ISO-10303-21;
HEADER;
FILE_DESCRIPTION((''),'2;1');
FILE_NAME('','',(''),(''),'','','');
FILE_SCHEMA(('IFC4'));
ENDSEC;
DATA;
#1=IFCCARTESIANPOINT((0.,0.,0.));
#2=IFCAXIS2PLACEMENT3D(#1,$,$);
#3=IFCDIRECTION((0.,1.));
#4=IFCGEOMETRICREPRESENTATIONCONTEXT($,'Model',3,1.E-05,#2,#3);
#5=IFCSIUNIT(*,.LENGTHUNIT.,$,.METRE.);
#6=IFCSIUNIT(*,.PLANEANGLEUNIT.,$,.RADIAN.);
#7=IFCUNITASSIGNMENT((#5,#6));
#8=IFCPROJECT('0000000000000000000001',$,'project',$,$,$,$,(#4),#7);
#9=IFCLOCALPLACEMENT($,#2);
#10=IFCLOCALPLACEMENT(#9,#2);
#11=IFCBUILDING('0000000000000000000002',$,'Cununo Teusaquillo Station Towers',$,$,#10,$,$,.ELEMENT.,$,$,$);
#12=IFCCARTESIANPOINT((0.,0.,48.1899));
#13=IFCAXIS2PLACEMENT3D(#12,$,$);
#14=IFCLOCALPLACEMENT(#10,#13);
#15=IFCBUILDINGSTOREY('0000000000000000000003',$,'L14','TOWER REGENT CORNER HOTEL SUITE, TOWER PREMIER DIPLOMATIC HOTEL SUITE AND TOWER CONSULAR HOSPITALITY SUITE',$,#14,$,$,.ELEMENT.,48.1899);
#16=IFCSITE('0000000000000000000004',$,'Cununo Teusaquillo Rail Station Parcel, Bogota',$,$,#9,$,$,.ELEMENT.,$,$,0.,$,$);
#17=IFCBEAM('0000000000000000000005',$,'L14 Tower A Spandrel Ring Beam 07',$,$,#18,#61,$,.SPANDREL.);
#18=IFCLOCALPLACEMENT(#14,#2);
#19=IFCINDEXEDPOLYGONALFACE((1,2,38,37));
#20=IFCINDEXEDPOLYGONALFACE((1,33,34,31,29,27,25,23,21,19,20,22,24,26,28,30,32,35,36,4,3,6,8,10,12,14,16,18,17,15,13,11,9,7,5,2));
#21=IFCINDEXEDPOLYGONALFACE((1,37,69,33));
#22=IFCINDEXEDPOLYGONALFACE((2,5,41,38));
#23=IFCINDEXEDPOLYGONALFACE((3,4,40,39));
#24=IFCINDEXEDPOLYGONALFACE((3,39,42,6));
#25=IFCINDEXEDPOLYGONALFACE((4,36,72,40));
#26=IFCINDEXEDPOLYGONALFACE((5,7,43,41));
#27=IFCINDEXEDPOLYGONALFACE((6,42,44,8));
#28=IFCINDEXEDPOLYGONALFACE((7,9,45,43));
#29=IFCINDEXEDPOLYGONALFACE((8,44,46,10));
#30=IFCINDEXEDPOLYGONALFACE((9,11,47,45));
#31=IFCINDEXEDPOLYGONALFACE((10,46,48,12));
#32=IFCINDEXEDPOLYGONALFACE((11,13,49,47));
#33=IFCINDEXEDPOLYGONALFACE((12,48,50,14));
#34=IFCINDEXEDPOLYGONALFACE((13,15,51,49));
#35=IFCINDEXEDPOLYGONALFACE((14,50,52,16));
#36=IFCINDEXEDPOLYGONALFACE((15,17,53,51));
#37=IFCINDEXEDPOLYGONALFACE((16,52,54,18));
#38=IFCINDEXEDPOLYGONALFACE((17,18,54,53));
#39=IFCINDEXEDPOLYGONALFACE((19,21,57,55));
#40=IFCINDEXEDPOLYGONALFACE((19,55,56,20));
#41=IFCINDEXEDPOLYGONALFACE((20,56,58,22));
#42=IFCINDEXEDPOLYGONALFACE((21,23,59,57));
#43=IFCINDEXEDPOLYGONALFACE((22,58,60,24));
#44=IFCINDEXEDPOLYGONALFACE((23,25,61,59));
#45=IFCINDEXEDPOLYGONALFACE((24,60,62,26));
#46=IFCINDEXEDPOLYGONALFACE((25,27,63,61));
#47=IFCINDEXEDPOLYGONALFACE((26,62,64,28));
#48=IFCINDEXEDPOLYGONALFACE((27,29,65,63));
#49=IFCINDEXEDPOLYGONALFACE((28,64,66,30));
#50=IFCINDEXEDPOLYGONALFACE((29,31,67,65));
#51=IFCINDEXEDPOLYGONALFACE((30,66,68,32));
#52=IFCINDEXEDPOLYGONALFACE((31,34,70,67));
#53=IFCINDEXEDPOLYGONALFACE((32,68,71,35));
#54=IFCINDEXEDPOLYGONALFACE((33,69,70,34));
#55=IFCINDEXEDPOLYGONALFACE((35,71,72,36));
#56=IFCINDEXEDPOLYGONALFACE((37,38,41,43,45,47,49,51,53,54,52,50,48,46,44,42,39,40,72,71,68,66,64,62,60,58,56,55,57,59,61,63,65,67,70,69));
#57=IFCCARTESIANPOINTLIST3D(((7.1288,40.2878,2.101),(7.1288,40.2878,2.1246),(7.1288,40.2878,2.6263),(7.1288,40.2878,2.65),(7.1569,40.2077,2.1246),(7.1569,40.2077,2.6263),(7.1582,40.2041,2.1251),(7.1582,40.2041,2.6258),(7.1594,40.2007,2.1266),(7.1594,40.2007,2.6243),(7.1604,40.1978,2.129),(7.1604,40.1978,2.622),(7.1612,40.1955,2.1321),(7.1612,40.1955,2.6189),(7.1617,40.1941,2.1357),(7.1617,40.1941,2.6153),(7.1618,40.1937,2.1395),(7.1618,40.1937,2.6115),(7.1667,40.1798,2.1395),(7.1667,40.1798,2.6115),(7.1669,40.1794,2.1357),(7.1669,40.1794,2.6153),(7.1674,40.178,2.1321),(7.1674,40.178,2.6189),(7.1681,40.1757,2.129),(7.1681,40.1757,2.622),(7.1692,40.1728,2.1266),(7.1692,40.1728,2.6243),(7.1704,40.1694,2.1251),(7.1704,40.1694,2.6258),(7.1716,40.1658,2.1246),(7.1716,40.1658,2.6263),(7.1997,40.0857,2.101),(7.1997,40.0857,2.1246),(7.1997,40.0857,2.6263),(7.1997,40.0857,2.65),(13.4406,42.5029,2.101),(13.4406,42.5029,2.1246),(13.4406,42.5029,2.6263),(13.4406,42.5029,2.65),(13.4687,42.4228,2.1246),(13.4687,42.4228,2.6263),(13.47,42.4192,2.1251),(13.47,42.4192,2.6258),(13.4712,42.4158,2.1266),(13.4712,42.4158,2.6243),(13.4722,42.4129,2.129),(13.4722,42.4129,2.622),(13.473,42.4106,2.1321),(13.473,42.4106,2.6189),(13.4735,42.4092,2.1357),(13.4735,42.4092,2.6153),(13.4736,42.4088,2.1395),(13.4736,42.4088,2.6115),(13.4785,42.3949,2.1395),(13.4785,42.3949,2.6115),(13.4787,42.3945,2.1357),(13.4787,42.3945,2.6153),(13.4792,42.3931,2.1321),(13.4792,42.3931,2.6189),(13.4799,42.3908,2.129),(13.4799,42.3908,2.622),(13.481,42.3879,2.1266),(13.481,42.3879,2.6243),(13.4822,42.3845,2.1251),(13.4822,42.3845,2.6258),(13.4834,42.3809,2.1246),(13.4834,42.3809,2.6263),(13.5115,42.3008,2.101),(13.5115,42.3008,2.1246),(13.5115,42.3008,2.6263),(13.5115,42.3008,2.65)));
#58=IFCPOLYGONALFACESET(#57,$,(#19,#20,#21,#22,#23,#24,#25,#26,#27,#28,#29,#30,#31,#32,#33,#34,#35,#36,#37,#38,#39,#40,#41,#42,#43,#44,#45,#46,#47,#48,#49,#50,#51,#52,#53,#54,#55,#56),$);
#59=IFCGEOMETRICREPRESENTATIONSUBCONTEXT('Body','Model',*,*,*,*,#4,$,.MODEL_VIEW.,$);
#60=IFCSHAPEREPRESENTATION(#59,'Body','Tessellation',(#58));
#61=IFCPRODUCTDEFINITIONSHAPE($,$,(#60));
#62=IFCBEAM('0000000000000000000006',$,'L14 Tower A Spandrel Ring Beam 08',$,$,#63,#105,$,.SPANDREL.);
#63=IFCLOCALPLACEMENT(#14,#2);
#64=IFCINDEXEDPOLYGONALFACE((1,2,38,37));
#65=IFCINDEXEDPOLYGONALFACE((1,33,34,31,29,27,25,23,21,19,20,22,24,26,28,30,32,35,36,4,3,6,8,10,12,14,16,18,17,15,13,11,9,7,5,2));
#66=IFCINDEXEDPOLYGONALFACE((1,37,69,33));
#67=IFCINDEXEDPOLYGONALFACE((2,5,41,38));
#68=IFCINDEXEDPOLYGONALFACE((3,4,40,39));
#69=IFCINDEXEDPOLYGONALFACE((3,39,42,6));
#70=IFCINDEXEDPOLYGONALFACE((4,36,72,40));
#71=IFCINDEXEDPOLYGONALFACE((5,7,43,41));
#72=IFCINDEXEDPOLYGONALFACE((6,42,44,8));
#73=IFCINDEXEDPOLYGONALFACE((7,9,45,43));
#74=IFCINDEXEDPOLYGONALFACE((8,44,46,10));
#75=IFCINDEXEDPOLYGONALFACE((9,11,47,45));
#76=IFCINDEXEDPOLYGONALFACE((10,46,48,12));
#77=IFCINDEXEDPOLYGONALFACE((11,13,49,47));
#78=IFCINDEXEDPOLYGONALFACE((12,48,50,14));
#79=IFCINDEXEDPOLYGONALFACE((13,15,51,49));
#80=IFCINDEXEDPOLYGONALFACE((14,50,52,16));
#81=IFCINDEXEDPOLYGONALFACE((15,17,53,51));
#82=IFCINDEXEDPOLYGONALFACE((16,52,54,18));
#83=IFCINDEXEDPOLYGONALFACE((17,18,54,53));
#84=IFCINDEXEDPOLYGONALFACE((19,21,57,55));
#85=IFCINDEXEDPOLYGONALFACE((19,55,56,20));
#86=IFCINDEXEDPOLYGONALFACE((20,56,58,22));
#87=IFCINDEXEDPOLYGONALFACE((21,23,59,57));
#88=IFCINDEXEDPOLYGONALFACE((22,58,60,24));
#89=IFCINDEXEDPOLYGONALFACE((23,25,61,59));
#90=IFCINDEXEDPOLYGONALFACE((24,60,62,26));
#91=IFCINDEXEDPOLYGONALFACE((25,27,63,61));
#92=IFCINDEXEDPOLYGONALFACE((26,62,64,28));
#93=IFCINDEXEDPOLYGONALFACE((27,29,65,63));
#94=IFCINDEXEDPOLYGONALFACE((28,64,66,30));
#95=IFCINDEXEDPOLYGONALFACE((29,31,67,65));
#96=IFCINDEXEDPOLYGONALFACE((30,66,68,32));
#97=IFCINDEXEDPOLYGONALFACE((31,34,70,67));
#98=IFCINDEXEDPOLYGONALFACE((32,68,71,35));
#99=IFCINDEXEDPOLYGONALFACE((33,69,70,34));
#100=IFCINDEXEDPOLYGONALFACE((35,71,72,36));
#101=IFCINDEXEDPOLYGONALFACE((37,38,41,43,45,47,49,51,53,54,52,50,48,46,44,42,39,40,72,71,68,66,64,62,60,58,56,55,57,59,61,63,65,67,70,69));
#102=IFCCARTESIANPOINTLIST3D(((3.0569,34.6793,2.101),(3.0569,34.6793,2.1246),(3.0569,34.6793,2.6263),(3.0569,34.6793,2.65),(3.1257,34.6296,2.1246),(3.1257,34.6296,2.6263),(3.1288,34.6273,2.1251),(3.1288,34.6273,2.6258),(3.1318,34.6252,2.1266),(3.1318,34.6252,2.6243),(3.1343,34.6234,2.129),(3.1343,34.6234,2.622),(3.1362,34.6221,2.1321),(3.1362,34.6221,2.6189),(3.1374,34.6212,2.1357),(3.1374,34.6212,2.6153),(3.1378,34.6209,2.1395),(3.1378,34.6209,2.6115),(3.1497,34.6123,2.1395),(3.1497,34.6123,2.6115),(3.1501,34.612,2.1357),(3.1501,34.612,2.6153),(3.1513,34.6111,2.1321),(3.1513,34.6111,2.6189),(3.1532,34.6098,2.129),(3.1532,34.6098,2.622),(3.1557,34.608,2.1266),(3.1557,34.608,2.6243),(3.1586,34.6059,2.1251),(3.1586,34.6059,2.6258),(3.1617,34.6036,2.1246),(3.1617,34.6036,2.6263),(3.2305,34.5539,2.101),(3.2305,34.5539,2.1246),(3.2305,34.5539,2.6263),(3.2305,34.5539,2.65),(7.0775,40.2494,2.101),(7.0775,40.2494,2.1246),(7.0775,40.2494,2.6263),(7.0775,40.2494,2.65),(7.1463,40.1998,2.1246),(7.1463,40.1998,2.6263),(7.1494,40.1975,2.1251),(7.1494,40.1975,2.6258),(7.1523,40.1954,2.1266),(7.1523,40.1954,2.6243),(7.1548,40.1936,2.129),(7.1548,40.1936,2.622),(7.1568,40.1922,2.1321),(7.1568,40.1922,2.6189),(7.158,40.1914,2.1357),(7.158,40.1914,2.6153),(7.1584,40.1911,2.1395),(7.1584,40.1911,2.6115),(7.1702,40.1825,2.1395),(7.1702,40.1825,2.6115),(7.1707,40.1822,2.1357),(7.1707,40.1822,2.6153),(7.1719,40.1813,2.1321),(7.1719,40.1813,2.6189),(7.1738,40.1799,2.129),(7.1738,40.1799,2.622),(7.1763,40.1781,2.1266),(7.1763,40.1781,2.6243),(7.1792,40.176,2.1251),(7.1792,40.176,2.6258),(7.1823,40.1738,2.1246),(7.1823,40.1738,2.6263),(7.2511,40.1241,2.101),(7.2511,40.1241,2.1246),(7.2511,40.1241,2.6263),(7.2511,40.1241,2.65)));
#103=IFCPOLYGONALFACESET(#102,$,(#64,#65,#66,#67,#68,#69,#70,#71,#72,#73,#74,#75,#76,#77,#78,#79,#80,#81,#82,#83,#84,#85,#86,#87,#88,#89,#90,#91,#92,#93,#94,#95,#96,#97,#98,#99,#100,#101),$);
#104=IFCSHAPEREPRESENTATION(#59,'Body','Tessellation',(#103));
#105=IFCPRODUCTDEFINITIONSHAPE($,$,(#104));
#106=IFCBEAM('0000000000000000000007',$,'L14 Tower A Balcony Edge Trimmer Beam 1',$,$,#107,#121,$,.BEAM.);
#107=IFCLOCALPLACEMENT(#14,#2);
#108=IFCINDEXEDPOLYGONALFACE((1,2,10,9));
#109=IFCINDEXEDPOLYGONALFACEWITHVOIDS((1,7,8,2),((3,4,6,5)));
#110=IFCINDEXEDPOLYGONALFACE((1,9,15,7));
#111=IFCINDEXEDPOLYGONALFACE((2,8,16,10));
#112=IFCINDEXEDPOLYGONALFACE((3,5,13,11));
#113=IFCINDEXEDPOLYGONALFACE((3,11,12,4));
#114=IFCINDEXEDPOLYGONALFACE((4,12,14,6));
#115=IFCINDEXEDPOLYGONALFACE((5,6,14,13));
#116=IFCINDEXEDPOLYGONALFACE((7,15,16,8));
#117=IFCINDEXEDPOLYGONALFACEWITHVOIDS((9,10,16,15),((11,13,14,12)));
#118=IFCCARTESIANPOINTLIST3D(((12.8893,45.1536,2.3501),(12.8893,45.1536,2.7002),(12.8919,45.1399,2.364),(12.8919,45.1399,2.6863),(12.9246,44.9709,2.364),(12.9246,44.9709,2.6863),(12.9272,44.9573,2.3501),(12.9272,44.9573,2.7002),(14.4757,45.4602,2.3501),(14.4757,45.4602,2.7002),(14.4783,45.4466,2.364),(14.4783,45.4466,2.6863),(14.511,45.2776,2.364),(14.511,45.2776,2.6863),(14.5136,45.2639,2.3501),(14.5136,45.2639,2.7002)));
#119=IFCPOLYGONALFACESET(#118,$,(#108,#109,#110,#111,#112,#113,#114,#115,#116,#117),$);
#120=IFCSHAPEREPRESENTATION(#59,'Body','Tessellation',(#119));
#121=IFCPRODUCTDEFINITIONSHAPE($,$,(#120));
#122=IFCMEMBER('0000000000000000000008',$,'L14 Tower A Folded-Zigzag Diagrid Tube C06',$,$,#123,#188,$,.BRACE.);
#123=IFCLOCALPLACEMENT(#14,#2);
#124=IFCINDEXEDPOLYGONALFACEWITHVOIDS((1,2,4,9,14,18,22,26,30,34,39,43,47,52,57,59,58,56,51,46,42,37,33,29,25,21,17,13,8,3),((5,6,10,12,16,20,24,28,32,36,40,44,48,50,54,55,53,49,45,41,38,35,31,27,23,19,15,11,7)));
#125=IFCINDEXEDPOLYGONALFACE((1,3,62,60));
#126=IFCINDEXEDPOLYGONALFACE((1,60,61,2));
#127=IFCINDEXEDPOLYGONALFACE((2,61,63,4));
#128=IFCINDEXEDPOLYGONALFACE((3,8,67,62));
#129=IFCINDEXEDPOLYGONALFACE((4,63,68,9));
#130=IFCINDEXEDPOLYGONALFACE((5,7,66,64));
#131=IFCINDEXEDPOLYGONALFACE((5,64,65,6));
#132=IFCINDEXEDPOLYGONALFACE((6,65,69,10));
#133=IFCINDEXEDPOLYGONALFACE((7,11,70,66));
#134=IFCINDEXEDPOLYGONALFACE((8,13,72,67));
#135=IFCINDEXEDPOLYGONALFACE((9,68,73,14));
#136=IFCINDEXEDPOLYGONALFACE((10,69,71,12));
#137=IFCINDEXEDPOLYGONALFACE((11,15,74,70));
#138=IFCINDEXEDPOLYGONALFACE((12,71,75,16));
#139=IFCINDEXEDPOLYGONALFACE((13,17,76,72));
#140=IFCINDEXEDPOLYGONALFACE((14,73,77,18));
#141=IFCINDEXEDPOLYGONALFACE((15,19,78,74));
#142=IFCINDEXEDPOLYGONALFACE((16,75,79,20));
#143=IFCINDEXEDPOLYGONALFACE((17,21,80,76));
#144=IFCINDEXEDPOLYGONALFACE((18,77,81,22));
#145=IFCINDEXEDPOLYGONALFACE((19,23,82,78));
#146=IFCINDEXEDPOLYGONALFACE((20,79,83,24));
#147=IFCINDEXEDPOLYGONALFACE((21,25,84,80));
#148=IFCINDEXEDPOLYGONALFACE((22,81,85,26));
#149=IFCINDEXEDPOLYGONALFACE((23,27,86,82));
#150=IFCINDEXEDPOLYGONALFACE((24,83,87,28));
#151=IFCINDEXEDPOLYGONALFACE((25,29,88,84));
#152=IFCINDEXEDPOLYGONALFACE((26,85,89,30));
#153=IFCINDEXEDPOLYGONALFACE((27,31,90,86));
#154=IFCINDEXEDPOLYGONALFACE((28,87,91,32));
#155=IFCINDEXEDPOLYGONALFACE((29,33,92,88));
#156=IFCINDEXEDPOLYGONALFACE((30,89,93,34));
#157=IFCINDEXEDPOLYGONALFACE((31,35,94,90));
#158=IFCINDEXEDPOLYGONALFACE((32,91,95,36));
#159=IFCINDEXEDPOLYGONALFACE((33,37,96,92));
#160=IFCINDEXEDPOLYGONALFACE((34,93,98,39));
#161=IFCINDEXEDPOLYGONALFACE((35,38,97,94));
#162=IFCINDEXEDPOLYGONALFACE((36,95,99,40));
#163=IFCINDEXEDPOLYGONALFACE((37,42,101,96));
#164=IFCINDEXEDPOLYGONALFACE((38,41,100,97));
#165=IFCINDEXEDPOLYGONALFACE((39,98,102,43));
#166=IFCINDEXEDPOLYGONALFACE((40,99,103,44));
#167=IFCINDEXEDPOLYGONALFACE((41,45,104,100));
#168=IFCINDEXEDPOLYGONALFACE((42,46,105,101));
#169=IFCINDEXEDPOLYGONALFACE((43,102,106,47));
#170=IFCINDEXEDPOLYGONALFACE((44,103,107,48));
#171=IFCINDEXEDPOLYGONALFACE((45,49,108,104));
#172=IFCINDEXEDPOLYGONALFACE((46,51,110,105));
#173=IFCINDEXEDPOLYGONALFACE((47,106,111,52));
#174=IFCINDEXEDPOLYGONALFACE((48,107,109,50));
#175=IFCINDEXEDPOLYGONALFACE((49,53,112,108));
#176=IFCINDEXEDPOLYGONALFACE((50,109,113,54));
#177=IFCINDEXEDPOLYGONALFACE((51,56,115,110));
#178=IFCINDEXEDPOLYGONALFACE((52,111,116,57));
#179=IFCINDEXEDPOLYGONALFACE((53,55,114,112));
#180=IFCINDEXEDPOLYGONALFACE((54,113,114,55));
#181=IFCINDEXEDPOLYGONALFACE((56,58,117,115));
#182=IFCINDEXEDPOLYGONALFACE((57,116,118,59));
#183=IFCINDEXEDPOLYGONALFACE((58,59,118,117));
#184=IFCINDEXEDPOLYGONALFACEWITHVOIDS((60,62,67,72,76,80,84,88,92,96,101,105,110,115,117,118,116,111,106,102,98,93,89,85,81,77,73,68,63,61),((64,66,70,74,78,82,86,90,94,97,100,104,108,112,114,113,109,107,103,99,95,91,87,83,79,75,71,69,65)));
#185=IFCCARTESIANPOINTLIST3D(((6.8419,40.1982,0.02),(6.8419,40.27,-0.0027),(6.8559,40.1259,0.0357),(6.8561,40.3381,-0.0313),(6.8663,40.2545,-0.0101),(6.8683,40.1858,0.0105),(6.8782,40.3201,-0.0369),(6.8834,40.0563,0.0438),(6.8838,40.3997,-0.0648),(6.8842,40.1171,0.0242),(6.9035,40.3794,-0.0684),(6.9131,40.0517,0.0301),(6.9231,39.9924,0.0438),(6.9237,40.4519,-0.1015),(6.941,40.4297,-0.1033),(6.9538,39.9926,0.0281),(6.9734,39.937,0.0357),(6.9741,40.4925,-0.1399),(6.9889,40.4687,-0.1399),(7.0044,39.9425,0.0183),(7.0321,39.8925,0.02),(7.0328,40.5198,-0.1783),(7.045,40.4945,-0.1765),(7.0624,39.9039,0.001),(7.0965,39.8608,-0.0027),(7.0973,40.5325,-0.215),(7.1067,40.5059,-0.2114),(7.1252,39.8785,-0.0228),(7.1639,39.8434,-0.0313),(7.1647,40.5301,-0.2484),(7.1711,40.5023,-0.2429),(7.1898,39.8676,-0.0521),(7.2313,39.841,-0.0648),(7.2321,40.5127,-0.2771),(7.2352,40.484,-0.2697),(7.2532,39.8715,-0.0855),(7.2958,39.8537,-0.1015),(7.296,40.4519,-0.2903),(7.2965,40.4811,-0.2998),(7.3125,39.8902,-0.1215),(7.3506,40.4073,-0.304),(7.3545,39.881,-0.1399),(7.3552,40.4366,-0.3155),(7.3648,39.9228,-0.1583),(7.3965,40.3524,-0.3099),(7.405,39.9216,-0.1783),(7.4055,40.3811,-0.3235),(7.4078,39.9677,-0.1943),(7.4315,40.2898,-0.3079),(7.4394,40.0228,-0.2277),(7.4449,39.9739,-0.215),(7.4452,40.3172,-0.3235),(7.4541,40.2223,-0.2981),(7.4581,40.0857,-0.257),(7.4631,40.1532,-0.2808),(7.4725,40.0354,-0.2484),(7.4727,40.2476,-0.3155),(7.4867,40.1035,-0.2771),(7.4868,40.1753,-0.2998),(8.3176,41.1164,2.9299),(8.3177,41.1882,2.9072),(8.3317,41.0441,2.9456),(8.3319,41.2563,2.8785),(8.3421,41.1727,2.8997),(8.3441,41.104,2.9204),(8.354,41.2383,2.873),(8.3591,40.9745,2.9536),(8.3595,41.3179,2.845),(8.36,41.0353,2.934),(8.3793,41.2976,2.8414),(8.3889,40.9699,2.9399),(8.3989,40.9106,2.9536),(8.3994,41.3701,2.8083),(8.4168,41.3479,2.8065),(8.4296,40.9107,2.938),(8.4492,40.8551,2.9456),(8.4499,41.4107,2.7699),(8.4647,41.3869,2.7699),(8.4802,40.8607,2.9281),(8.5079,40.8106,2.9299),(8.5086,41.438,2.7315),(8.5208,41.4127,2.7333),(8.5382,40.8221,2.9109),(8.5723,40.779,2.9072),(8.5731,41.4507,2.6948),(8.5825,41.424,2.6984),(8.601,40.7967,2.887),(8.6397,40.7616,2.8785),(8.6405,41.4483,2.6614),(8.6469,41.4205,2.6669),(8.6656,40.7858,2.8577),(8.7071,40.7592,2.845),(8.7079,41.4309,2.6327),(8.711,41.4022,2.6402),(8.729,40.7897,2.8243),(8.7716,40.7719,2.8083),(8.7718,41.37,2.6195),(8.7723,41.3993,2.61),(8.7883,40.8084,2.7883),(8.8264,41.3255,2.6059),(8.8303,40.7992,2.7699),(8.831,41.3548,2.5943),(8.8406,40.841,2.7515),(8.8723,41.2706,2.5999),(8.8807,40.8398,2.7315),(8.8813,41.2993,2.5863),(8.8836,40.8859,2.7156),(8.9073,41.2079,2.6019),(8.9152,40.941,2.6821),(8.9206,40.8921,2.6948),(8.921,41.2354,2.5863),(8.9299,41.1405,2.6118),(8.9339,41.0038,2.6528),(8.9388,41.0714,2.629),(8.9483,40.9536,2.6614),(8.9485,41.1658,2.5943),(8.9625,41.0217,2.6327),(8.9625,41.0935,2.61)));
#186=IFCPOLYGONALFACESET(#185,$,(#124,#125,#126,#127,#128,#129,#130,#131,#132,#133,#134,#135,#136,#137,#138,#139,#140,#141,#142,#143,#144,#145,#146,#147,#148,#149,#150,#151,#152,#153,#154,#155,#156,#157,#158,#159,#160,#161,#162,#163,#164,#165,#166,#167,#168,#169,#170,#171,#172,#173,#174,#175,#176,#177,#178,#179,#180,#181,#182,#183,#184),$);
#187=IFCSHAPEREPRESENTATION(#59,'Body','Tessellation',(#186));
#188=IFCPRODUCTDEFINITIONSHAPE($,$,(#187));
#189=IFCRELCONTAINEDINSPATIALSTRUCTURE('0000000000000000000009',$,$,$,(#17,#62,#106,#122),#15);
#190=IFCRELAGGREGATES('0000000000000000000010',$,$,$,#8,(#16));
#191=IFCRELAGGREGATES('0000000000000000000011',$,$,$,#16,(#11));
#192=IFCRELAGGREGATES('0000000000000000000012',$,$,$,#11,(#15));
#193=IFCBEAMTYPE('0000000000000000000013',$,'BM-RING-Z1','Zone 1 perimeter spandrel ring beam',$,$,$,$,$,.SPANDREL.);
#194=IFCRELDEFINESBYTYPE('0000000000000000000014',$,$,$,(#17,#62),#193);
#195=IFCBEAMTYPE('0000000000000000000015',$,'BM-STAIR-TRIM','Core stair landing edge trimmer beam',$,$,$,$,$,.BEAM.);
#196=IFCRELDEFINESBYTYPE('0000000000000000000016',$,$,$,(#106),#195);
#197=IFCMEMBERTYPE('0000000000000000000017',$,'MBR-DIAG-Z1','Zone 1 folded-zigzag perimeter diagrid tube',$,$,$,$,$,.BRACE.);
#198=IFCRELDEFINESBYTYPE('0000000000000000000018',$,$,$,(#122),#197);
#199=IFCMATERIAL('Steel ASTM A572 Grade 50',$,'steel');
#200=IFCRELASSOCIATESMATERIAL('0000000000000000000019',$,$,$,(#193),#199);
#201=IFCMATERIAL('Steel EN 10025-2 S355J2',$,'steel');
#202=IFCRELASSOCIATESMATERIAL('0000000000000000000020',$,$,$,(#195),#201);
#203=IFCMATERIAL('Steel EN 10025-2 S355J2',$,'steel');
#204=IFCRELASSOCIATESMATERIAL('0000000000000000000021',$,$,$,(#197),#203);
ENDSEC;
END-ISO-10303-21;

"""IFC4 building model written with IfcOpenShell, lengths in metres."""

from ifc_helpers import new_model, si_unit, direction, frame, origin, origin_2d, place, context, subcontext, project, spatial, hollow_rectangle, hollow_circle, i_section, extrude, material, material_profile, profile_set, type_object, element, save


model = new_model("IFC4")

# Units and contexts
model_context = context("Model", 3, precision=1e-05, world=origin(), true_north=direction((0.0, 1.0)))
body_context = subcontext(model_context, "Body", "Model", "MODEL_VIEW")
ifc_project = project(units=[si_unit("LENGTHUNIT", "METRE"), si_unit("PLANEANGLEUNIT", "RADIAN")], contexts=[model_context])

# Site, building, storey
site_placement = place(None, origin())
site = spatial("IfcSite", under=ifc_project, at=site_placement, Name="Cununo Teusaquillo Rail Station Parcel, Bogota", CompositionType="ELEMENT", RefElevation=0.0)
building_placement = place(site_placement, origin())
building = spatial("IfcBuilding", under=site, at=building_placement, Name="Cununo Teusaquillo Station Towers", CompositionType="ELEMENT")
storey_placement = place(building_placement, frame((0.0, 0.0, 48.1899)))
storey = spatial("IfcBuildingStorey", under=building, at=storey_placement, Name="L14", Description="TOWER REGENT CORNER HOTEL SUITE, TOWER PREMIER DIPLOMATIC HOTEL SUITE AND TOWER CONSULAR HOSPITALITY SUITE", CompositionType="ELEMENT", Elevation=48.1899)

# Beams
ifc_material_1 = material(Name="Steel ASTM A572 Grade 50", Category="steel")
ifc_material_profile_1 = material_profile(ifc_material_1, i_section(OverallWidth=0.2141, OverallDepth=0.5491, WebThickness=0.0146, FlangeThickness=0.0237, FilletRadius=0.0149, at=origin_2d()), Name="W21X93")
ifc_profile_set_1 = profile_set([ifc_material_profile_1], Name="Steel ASTM A572 Grade 50")
beam_type_1 = type_object("IfcBeamType", Name="BM-RING-Z1", Description="Zone 1 perimeter spandrel ring beam", PredefinedType="SPANDREL", material=ifc_profile_set_1)
beam_1_placement = place(storey_placement, frame((13.4761, 42.4019, 2.3755), z_axis=(-0.94358, -0.331145, 0.0), x_axis=(0.331145, -0.94358, 0.0)))
element("IfcBeam", 1, at=beam_1_placement, inside=storey, type_object=beam_type_1, Name="L14 Tower A Spandrel Ring Beam 07", PredefinedType="SPANDREL", context=body_context, shape_type="SweptSolid", body=[
    extrude(i_section(OverallWidth=0.2141, OverallDepth=0.5491, WebThickness=0.0146, FlangeThickness=0.0237, FilletRadius=0.0149, at=origin_2d()), origin(), (0.0, 0.0, 1.0), 6.6892),
])
beam_2_placement = place(storey_placement, frame((7.1643, 40.1868, 2.3755), z_axis=(-0.585269, -0.810839, 0.0), x_axis=(0.810839, -0.585269, 0.0)))
element("IfcBeam", 2, at=beam_2_placement, inside=storey, type_object=beam_type_1, Name="L14 Tower A Spandrel Ring Beam 08", PredefinedType="SPANDREL", context=body_context, shape_type="SweptSolid", body=[
    extrude(i_section(OverallWidth=0.2141, OverallDepth=0.5491, WebThickness=0.0146, FlangeThickness=0.0237, FilletRadius=0.0149, at=origin_2d()), origin(), (0.0, 0.0, 1.0), 6.8696),
])
ifc_material_2 = material(Name="Steel EN 10025-2 S355J2", Category="steel")
ifc_material_profile_2 = material_profile(ifc_material_2, hollow_rectangle(XDim=0.2, YDim=0.3501, WallThickness=0.0139, at=origin_2d()), Name="RHS 350x200x14")
ifc_profile_set_2 = profile_set([ifc_material_profile_2], Name="Steel EN 10025-2 S355J2")
beam_type_2 = type_object("IfcBeamType", Name="BM-STAIR-TRIM", Description="Core stair landing edge trimmer beam", PredefinedType="BEAM", material=ifc_profile_set_2)
beam_3_placement = place(storey_placement, frame((14.4946, 45.3621, 2.5251), z_axis=(-0.981827, -0.189778, 0.0), x_axis=(0.189778, -0.981827, 0.0)))
element("IfcBeam", 3, at=beam_3_placement, inside=storey, type_object=beam_type_2, Name="L14 Tower A Balcony Edge Trimmer Beam 1", PredefinedType="BEAM", context=body_context, shape_type="SweptSolid", body=[
    extrude(hollow_rectangle(XDim=0.2, YDim=0.3501, WallThickness=0.0139, at=origin_2d()), origin(), (0.0, 0.0, 1.0), 1.6157),
])

# Member
ifc_material_3 = material(Name="Steel EN 10025-2 S355J2", Category="steel")
ifc_material_profile_3 = material_profile(ifc_material_3, hollow_circle(Radius=0.3601, WallThickness=0.0281, at=origin_2d()), Name="CHS 720x28")
ifc_profile_set_3 = profile_set([ifc_material_profile_3], Name="Steel EN 10025-2 S355J2")
member_type = type_object("IfcMemberType", Name="MBR-DIAG-Z1", Description="Zone 1 folded-zigzag perimeter diagrid tube", PredefinedType="BRACE", material=ifc_profile_set_3)
member_1_placement = place(storey_placement, frame((7.1643, 40.1868, -0.1399), z_axis=(0.435411, 0.270898, 0.858505), x_axis=(-0.528268, 0.849078, 0.0)))
element("IfcMember", 4, at=member_1_placement, inside=storey, type_object=member_type, Name="L14 Tower A Folded-Zigzag Diagrid Tube C06", PredefinedType="BRACE", context=body_context, shape_type="SweptSolid", body=[
    extrude(hollow_circle(Radius=0.3601, WallThickness=0.0281, at=origin_2d()), origin(), (0.0, 0.0, 1.0), 3.3894),
])

save(model, "model.ifc")
